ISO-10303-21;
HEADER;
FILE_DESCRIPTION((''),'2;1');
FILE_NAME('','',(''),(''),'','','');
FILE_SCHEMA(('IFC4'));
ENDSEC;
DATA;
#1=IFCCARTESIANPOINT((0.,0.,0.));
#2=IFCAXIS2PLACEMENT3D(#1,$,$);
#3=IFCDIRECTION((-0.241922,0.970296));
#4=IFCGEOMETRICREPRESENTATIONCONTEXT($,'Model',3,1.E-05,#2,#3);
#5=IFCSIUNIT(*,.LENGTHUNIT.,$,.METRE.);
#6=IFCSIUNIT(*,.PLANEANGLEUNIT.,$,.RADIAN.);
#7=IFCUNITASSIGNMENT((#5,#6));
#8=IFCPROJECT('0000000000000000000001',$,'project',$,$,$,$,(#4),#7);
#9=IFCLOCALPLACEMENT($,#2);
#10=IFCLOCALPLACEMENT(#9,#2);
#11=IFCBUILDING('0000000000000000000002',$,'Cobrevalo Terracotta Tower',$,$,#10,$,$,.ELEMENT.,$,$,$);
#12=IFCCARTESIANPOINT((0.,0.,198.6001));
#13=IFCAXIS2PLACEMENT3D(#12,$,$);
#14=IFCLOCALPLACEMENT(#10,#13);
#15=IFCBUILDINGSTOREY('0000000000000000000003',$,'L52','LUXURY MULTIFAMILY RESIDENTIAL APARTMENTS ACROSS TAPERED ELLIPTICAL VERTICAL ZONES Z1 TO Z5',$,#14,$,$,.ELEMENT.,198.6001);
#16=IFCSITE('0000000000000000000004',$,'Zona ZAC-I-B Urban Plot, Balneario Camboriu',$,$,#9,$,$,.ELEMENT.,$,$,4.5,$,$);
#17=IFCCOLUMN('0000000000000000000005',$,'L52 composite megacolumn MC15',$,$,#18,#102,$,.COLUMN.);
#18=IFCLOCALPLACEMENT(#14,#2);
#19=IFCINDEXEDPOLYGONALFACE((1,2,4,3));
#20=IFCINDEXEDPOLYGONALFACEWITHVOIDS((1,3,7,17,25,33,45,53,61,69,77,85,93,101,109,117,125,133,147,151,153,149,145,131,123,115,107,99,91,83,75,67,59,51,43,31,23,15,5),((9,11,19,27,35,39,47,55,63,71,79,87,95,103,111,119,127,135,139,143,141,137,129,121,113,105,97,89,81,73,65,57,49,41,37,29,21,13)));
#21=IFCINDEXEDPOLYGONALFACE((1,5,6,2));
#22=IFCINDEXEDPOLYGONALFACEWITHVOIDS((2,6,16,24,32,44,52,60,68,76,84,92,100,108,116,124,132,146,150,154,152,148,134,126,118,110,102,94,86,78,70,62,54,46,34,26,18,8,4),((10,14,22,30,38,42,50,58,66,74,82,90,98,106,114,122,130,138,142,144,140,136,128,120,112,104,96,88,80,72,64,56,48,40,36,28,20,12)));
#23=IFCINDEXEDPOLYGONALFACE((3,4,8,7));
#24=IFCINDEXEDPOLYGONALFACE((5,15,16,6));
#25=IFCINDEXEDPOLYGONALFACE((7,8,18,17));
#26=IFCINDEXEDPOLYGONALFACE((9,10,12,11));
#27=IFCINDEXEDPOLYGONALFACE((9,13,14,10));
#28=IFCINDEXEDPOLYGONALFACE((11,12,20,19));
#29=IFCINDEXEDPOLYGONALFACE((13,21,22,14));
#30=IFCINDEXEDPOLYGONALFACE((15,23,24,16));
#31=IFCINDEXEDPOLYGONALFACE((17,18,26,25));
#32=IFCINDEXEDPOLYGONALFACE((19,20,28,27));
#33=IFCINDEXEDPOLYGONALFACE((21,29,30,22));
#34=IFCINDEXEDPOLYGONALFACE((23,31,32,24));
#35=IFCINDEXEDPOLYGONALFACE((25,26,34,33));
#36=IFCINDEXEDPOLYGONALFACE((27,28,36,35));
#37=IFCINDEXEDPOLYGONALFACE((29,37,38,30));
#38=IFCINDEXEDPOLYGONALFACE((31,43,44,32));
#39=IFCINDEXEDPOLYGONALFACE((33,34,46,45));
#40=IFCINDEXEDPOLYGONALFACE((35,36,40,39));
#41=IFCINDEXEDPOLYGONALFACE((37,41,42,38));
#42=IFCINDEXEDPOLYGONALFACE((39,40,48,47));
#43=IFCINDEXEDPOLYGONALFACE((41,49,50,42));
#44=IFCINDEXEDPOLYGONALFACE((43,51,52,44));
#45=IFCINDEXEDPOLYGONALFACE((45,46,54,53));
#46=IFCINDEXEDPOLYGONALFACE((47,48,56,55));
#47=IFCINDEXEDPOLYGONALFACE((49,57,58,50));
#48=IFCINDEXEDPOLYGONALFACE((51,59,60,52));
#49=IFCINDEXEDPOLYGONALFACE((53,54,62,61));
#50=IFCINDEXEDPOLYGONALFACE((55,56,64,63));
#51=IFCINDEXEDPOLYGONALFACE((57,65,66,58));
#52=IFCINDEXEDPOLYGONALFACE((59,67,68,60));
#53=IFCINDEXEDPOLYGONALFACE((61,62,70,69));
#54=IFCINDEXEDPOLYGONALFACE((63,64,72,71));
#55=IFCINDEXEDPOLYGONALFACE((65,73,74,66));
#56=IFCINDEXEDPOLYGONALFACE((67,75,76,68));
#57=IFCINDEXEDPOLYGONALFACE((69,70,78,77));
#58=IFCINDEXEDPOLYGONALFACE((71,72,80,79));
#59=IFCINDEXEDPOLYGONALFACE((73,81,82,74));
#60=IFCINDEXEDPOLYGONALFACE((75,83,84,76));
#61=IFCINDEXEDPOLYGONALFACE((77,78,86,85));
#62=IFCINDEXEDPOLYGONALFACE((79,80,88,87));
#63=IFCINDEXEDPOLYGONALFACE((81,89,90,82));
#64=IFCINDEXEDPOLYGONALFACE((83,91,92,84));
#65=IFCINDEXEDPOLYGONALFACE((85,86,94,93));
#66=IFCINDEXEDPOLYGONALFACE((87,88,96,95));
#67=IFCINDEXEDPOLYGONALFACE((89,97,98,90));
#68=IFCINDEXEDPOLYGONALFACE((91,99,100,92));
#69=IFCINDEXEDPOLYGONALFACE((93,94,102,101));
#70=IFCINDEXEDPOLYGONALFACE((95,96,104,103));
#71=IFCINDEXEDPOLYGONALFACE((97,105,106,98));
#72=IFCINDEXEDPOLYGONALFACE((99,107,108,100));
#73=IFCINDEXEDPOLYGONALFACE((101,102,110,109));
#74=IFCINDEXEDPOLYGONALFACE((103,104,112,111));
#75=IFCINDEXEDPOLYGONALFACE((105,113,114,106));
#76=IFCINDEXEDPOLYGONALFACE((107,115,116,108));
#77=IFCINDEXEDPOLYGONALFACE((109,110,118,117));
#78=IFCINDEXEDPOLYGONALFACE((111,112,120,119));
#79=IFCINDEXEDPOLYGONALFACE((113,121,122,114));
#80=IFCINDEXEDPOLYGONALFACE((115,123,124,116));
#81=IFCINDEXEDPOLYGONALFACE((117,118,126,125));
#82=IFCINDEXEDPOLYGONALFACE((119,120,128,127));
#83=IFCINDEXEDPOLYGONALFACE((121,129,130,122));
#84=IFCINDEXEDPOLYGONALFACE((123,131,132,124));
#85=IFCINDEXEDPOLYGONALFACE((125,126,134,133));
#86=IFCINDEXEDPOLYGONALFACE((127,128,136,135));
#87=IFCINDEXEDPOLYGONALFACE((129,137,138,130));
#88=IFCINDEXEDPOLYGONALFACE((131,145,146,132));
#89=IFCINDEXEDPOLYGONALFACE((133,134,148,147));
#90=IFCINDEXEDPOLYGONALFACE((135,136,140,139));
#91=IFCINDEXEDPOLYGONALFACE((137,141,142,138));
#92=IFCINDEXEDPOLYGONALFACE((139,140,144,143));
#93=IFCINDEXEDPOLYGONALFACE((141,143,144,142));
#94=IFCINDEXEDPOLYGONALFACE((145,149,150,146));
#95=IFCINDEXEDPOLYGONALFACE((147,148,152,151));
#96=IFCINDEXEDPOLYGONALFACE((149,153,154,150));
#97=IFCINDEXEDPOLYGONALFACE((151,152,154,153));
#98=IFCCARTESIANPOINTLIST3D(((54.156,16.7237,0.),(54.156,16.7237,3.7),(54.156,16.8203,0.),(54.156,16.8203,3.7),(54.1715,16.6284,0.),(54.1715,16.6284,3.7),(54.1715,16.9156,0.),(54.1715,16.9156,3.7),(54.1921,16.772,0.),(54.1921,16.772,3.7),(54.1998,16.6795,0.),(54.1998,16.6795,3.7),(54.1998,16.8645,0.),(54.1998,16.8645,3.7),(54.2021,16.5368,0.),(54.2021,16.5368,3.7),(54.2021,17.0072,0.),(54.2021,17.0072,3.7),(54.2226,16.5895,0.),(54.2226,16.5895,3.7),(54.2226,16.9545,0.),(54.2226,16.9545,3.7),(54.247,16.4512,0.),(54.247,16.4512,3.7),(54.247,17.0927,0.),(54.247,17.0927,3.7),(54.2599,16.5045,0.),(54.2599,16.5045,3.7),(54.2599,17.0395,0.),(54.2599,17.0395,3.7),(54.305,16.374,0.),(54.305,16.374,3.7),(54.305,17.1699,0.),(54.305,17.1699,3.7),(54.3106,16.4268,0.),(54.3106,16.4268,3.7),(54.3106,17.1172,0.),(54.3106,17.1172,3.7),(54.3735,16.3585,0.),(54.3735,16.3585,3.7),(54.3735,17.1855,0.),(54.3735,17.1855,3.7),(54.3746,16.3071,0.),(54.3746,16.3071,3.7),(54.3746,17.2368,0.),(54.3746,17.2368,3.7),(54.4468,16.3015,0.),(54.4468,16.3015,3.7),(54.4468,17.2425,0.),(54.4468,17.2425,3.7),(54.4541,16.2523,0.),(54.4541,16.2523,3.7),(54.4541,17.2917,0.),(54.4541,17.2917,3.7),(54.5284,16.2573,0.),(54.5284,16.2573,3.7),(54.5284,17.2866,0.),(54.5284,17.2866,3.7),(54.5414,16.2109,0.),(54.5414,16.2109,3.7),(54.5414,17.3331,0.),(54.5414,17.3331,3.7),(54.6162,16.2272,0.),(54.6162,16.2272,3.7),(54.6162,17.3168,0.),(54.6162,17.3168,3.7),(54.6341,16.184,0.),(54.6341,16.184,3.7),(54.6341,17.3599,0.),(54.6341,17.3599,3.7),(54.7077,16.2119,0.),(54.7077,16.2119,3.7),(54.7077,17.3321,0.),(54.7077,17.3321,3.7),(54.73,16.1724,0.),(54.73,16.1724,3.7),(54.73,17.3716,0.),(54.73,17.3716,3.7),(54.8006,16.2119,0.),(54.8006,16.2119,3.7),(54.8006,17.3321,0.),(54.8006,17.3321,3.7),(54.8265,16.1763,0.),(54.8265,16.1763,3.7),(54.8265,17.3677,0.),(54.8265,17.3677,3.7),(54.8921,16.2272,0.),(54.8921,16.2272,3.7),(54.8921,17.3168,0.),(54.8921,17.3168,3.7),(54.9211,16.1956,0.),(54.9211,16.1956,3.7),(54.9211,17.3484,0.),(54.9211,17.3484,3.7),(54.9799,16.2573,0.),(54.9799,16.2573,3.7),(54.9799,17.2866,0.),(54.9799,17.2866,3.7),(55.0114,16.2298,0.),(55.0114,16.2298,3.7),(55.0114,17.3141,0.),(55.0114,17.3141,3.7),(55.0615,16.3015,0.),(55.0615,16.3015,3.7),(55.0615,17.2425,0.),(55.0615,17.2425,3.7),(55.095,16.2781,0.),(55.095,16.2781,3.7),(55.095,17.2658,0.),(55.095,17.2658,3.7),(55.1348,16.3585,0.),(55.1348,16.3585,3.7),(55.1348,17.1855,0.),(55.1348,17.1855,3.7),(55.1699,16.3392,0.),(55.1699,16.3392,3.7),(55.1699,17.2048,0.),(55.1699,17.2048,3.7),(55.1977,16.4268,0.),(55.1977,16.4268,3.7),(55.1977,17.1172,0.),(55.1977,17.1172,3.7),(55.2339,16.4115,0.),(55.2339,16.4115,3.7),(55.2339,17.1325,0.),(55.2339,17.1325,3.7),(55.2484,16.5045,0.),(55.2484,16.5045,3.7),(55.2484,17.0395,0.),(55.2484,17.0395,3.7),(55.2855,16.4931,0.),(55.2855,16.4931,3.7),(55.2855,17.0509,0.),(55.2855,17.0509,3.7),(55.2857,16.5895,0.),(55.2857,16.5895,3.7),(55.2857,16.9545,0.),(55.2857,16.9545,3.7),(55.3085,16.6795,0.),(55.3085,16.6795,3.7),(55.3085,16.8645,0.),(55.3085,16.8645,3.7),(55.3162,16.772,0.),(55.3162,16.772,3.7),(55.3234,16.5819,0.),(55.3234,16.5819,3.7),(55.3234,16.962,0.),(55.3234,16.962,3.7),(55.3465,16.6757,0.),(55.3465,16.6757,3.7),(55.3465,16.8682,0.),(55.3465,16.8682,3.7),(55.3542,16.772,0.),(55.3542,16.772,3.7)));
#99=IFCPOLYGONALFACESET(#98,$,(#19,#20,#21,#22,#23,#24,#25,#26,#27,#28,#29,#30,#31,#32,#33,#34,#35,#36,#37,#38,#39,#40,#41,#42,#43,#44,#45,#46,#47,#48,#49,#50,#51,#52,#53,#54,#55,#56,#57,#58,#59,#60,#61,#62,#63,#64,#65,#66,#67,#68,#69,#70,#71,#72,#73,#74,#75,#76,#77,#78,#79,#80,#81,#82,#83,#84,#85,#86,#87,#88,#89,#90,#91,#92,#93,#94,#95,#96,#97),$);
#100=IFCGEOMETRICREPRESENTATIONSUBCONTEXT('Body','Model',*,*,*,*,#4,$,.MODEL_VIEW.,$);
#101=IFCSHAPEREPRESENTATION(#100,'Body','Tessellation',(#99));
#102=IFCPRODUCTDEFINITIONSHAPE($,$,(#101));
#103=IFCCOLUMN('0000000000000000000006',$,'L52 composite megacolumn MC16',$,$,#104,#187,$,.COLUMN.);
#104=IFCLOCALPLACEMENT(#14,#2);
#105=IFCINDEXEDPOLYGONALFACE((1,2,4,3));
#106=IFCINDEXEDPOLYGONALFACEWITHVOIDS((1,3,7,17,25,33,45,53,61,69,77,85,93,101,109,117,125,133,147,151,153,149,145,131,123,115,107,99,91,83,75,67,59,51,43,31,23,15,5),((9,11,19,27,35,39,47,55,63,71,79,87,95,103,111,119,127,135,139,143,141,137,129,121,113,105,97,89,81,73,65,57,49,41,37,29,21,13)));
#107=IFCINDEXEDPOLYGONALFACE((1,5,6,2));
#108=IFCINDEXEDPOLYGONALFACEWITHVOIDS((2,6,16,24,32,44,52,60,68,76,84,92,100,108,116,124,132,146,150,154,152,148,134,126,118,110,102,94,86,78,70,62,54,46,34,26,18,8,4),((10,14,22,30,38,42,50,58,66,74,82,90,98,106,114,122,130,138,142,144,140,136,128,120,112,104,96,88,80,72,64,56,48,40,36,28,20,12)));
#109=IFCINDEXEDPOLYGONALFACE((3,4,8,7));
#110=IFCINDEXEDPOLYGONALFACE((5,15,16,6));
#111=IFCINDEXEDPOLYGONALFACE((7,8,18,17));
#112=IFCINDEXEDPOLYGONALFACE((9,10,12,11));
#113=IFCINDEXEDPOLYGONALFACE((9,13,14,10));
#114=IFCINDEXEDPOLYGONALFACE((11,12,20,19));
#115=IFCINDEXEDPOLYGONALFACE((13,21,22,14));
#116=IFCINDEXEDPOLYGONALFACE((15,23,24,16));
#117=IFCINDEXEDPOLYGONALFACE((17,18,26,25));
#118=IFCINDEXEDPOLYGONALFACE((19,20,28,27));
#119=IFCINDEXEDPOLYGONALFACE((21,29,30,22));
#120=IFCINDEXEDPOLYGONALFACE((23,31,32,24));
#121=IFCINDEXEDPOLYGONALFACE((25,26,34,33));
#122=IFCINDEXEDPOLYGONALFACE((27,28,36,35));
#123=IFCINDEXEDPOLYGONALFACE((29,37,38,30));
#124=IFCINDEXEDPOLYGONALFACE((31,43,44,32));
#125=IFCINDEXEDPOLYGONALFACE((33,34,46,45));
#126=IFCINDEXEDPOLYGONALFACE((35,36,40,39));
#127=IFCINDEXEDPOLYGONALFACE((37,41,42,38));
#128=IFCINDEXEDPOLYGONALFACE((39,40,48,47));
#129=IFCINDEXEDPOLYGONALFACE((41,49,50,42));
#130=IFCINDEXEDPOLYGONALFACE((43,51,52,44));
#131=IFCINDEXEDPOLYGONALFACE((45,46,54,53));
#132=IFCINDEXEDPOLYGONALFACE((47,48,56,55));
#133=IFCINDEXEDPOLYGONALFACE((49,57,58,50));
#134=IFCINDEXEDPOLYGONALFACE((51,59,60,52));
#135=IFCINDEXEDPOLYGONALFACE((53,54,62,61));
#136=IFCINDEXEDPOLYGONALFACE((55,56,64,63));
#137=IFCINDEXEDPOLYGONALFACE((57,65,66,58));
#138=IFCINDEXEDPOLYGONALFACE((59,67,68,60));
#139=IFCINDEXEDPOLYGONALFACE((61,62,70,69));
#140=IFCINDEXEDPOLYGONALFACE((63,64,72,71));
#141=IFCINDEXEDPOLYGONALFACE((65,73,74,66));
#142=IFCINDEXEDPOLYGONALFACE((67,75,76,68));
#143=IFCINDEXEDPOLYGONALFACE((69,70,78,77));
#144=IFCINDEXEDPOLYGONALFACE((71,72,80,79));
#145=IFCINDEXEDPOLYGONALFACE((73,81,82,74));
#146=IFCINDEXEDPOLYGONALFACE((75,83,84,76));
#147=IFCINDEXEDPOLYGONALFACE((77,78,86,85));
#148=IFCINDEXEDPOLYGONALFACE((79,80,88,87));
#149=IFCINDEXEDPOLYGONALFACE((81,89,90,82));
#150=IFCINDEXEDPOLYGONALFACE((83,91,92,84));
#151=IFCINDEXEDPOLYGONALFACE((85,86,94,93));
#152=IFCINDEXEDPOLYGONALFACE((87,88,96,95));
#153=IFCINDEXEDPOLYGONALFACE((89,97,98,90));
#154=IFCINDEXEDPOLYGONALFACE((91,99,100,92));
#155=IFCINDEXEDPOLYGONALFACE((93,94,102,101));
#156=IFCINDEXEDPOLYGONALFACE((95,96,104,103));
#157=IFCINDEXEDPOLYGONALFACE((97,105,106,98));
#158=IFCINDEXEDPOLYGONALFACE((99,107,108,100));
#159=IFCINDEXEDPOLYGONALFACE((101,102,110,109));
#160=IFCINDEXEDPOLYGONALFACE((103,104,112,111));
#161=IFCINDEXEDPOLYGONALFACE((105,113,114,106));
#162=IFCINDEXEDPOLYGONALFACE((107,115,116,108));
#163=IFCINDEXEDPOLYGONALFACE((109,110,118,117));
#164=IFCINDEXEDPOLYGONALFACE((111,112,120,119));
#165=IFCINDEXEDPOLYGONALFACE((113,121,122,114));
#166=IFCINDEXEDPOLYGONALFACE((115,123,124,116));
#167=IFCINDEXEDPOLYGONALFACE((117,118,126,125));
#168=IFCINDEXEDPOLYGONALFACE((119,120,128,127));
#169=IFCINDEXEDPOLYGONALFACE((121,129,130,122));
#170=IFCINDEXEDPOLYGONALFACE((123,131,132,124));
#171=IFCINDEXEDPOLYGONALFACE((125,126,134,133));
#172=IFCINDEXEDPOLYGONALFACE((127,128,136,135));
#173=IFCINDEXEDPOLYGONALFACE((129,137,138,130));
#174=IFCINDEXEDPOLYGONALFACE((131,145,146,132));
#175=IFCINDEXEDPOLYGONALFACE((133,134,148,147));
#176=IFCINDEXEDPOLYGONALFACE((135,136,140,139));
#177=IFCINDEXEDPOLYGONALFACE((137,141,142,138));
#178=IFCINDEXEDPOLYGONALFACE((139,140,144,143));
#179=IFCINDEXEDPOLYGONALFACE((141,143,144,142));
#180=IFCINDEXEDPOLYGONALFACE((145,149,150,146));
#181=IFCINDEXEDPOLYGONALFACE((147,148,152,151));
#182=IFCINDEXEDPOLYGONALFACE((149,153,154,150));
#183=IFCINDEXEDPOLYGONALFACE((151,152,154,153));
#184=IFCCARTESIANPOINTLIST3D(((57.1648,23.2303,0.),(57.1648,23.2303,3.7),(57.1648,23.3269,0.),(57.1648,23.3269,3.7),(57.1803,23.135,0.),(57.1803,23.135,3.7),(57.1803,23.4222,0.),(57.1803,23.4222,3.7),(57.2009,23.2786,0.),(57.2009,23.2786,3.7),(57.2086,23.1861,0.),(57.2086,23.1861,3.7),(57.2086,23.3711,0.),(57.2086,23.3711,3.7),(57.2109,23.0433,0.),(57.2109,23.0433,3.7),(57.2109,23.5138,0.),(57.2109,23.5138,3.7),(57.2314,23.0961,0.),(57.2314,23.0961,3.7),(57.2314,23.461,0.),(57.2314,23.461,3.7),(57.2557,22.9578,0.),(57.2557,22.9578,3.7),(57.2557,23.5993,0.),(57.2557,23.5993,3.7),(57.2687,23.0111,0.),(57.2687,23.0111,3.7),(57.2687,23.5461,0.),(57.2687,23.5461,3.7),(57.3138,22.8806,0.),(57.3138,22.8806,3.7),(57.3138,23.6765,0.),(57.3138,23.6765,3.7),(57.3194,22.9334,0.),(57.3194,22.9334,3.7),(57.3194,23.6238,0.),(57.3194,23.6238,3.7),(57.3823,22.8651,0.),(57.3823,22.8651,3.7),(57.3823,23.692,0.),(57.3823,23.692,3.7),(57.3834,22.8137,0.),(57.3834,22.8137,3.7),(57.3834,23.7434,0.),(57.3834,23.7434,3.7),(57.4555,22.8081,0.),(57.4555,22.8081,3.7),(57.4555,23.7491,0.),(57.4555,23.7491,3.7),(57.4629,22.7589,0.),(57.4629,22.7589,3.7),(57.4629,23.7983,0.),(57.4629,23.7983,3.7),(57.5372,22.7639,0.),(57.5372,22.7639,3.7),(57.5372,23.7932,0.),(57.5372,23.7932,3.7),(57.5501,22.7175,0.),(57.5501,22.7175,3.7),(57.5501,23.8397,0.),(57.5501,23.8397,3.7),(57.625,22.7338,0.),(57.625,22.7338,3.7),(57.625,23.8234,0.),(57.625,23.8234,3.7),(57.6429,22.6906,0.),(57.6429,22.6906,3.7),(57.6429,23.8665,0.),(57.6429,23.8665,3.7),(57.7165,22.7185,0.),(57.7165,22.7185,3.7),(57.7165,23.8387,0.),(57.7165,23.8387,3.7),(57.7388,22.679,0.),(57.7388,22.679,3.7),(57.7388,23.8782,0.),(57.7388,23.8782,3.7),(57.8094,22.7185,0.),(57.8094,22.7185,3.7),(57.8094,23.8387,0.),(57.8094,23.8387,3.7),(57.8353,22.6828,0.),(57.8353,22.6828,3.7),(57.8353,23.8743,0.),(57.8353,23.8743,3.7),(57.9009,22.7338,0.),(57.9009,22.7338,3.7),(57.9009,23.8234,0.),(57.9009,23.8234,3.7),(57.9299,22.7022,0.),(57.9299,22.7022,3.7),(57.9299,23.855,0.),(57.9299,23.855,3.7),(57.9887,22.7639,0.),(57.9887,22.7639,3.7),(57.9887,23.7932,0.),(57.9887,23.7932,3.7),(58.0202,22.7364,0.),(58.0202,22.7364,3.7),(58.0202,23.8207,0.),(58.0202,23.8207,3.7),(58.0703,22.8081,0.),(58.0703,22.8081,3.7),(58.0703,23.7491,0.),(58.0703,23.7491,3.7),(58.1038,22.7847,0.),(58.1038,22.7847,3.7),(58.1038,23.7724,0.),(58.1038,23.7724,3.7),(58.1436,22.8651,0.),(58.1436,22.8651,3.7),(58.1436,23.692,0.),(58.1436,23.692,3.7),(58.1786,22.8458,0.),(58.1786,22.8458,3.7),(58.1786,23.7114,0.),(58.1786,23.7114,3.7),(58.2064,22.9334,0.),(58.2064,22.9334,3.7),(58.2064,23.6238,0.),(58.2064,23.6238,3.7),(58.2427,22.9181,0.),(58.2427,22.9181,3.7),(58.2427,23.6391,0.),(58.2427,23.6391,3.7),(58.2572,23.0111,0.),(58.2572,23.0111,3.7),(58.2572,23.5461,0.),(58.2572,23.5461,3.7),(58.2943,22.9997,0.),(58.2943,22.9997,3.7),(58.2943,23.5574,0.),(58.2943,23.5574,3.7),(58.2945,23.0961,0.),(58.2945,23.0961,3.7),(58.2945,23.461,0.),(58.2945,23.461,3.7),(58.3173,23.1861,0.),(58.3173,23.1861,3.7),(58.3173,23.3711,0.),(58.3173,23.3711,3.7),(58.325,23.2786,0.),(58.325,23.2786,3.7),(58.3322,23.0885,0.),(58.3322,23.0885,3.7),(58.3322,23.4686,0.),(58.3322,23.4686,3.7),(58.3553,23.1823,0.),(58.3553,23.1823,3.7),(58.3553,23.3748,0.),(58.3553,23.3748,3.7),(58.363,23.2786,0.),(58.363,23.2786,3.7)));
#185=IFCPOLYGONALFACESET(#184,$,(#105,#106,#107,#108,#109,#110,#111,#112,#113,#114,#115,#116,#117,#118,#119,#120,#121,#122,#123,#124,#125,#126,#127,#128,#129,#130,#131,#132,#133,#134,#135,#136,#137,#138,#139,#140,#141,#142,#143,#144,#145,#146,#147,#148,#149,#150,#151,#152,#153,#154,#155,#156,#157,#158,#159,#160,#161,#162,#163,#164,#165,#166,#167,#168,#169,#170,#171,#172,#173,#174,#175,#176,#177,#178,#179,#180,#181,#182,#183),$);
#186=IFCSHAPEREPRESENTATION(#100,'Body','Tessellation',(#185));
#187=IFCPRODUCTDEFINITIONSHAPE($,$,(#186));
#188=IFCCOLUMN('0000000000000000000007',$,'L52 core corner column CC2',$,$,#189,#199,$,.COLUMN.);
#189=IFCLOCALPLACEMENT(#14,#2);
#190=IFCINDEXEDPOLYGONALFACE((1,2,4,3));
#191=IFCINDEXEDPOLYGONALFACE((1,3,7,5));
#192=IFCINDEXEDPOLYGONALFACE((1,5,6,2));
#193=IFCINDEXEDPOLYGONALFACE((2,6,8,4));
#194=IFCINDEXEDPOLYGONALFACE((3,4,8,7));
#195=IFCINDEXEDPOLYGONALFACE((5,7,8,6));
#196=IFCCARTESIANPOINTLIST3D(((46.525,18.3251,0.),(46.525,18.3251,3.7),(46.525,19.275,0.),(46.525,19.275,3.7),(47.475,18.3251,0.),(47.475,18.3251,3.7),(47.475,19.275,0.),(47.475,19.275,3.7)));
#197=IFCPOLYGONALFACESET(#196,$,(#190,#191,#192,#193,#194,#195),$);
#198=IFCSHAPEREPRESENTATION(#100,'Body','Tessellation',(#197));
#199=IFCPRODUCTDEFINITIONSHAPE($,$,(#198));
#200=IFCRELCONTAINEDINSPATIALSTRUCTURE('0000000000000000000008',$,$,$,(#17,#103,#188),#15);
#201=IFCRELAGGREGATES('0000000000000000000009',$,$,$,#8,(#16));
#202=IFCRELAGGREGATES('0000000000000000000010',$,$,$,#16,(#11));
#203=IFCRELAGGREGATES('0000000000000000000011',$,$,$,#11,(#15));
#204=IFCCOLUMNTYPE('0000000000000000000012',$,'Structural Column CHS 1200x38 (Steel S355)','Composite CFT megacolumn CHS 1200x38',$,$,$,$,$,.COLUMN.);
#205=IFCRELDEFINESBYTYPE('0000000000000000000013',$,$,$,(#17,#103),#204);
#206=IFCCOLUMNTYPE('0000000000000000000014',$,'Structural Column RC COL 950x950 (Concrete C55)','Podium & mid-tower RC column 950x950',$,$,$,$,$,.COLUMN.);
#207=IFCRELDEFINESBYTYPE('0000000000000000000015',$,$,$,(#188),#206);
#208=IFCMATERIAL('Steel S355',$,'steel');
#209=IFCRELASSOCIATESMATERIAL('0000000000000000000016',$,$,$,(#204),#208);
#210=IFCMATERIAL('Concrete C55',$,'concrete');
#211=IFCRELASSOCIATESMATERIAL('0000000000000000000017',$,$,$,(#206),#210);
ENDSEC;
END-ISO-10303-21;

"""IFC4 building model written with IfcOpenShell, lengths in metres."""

from ifc_helpers import new_model, si_unit, direction, frame, origin, origin_2d, place, context, subcontext, project, spatial, rectangle, hollow_circle, extrude, material, material_profile, profile_set, type_object, element, save


model = new_model("IFC4")

# Units and contexts
model_context = context("Model", 3, precision=1e-05, world=origin(), true_north=direction((-0.241922, 0.970296)))
body_context = subcontext(model_context, "Body", "Model", "MODEL_VIEW")
ifc_project = project(units=[si_unit("LENGTHUNIT", "METRE"), si_unit("PLANEANGLEUNIT", "RADIAN")], contexts=[model_context])

# Site, building, storey
site_placement = place(None, origin())
site = spatial("IfcSite", under=ifc_project, at=site_placement, Name="Zona ZAC-I-B Urban Plot, Balneario Camboriu", CompositionType="ELEMENT", RefElevation=4.5)
building_placement = place(site_placement, origin())
building = spatial("IfcBuilding", under=site, at=building_placement, Name="Cobrevalo Terracotta Tower", CompositionType="ELEMENT")
storey_placement = place(building_placement, frame((0.0, 0.0, 198.6001)))
storey = spatial("IfcBuildingStorey", under=building, at=storey_placement, Name="L52", Description="LUXURY MULTIFAMILY RESIDENTIAL APARTMENTS ACROSS TAPERED ELLIPTICAL VERTICAL ZONES Z1 TO Z5", CompositionType="ELEMENT", Elevation=198.6001)

# Columns
ifc_material_1 = material(Name="Steel S355", Category="steel")
ifc_material_profile_1 = material_profile(ifc_material_1, hollow_circle(Radius=0.6001, WallThickness=0.0381, at=origin_2d()), Name="CHS 1200x38")
ifc_profile_set_1 = profile_set([ifc_material_profile_1], Name="Steel S355")
column_type_1 = type_object("IfcColumnType", Name="Structural Column CHS 1200x38 (Steel S355)", Description="Composite CFT megacolumn CHS 1200x38", PredefinedType="COLUMN", material=ifc_profile_set_1)
for number, where, z_axis, x_axis, name in (
    (1, (54.7542, 16.772, 0.0), (0.0, 0.0, 1.0), (1.0, 0.0, 0.0), "L52 composite megacolumn MC15"),
    (2, (57.7629, 23.2786, 0.0), (0.0, 0.0, 1.0), (1.0, 0.0, 0.0), "L52 composite megacolumn MC16"),
):
    element("IfcColumn", number, at=place(storey_placement, frame(where, z_axis=z_axis, x_axis=x_axis)), inside=storey, type_object=column_type_1, Name=name, PredefinedType="COLUMN", context=body_context, shape_type="SweptSolid", body=[
        extrude(hollow_circle(Radius=0.6001, WallThickness=0.0381, at=origin_2d()), origin(), (0.0, 0.0, 1.0), 3.7),
    ])
ifc_material_2 = material(Name="Concrete C55", Category="concrete")
ifc_material_profile_2 = material_profile(ifc_material_2, rectangle(XDim=0.95, YDim=0.95, at=origin_2d()), Name="RC COL 950x950")
ifc_profile_set_2 = profile_set([ifc_material_profile_2], Name="Concrete C55")
column_type_2 = type_object("IfcColumnType", Name="Structural Column RC COL 950x950 (Concrete C55)", Description="Podium & mid-tower RC column 950x950", PredefinedType="COLUMN", material=ifc_profile_set_2)
column_placement = place(storey_placement, frame((47.0, 18.8, 0.0), z_axis=(0.0, 0.0, 1.0), x_axis=(1.0, 0.0, 0.0)))
element("IfcColumn", 3, at=column_placement, inside=storey, type_object=column_type_2, Name="L52 core corner column CC2", PredefinedType="COLUMN", context=body_context, shape_type="SweptSolid", body=[
    extrude(rectangle(XDim=0.95, YDim=0.95, at=origin_2d()), origin(), (0.0, 0.0, 1.0), 3.7),
])

save(model, "model.ifc")
